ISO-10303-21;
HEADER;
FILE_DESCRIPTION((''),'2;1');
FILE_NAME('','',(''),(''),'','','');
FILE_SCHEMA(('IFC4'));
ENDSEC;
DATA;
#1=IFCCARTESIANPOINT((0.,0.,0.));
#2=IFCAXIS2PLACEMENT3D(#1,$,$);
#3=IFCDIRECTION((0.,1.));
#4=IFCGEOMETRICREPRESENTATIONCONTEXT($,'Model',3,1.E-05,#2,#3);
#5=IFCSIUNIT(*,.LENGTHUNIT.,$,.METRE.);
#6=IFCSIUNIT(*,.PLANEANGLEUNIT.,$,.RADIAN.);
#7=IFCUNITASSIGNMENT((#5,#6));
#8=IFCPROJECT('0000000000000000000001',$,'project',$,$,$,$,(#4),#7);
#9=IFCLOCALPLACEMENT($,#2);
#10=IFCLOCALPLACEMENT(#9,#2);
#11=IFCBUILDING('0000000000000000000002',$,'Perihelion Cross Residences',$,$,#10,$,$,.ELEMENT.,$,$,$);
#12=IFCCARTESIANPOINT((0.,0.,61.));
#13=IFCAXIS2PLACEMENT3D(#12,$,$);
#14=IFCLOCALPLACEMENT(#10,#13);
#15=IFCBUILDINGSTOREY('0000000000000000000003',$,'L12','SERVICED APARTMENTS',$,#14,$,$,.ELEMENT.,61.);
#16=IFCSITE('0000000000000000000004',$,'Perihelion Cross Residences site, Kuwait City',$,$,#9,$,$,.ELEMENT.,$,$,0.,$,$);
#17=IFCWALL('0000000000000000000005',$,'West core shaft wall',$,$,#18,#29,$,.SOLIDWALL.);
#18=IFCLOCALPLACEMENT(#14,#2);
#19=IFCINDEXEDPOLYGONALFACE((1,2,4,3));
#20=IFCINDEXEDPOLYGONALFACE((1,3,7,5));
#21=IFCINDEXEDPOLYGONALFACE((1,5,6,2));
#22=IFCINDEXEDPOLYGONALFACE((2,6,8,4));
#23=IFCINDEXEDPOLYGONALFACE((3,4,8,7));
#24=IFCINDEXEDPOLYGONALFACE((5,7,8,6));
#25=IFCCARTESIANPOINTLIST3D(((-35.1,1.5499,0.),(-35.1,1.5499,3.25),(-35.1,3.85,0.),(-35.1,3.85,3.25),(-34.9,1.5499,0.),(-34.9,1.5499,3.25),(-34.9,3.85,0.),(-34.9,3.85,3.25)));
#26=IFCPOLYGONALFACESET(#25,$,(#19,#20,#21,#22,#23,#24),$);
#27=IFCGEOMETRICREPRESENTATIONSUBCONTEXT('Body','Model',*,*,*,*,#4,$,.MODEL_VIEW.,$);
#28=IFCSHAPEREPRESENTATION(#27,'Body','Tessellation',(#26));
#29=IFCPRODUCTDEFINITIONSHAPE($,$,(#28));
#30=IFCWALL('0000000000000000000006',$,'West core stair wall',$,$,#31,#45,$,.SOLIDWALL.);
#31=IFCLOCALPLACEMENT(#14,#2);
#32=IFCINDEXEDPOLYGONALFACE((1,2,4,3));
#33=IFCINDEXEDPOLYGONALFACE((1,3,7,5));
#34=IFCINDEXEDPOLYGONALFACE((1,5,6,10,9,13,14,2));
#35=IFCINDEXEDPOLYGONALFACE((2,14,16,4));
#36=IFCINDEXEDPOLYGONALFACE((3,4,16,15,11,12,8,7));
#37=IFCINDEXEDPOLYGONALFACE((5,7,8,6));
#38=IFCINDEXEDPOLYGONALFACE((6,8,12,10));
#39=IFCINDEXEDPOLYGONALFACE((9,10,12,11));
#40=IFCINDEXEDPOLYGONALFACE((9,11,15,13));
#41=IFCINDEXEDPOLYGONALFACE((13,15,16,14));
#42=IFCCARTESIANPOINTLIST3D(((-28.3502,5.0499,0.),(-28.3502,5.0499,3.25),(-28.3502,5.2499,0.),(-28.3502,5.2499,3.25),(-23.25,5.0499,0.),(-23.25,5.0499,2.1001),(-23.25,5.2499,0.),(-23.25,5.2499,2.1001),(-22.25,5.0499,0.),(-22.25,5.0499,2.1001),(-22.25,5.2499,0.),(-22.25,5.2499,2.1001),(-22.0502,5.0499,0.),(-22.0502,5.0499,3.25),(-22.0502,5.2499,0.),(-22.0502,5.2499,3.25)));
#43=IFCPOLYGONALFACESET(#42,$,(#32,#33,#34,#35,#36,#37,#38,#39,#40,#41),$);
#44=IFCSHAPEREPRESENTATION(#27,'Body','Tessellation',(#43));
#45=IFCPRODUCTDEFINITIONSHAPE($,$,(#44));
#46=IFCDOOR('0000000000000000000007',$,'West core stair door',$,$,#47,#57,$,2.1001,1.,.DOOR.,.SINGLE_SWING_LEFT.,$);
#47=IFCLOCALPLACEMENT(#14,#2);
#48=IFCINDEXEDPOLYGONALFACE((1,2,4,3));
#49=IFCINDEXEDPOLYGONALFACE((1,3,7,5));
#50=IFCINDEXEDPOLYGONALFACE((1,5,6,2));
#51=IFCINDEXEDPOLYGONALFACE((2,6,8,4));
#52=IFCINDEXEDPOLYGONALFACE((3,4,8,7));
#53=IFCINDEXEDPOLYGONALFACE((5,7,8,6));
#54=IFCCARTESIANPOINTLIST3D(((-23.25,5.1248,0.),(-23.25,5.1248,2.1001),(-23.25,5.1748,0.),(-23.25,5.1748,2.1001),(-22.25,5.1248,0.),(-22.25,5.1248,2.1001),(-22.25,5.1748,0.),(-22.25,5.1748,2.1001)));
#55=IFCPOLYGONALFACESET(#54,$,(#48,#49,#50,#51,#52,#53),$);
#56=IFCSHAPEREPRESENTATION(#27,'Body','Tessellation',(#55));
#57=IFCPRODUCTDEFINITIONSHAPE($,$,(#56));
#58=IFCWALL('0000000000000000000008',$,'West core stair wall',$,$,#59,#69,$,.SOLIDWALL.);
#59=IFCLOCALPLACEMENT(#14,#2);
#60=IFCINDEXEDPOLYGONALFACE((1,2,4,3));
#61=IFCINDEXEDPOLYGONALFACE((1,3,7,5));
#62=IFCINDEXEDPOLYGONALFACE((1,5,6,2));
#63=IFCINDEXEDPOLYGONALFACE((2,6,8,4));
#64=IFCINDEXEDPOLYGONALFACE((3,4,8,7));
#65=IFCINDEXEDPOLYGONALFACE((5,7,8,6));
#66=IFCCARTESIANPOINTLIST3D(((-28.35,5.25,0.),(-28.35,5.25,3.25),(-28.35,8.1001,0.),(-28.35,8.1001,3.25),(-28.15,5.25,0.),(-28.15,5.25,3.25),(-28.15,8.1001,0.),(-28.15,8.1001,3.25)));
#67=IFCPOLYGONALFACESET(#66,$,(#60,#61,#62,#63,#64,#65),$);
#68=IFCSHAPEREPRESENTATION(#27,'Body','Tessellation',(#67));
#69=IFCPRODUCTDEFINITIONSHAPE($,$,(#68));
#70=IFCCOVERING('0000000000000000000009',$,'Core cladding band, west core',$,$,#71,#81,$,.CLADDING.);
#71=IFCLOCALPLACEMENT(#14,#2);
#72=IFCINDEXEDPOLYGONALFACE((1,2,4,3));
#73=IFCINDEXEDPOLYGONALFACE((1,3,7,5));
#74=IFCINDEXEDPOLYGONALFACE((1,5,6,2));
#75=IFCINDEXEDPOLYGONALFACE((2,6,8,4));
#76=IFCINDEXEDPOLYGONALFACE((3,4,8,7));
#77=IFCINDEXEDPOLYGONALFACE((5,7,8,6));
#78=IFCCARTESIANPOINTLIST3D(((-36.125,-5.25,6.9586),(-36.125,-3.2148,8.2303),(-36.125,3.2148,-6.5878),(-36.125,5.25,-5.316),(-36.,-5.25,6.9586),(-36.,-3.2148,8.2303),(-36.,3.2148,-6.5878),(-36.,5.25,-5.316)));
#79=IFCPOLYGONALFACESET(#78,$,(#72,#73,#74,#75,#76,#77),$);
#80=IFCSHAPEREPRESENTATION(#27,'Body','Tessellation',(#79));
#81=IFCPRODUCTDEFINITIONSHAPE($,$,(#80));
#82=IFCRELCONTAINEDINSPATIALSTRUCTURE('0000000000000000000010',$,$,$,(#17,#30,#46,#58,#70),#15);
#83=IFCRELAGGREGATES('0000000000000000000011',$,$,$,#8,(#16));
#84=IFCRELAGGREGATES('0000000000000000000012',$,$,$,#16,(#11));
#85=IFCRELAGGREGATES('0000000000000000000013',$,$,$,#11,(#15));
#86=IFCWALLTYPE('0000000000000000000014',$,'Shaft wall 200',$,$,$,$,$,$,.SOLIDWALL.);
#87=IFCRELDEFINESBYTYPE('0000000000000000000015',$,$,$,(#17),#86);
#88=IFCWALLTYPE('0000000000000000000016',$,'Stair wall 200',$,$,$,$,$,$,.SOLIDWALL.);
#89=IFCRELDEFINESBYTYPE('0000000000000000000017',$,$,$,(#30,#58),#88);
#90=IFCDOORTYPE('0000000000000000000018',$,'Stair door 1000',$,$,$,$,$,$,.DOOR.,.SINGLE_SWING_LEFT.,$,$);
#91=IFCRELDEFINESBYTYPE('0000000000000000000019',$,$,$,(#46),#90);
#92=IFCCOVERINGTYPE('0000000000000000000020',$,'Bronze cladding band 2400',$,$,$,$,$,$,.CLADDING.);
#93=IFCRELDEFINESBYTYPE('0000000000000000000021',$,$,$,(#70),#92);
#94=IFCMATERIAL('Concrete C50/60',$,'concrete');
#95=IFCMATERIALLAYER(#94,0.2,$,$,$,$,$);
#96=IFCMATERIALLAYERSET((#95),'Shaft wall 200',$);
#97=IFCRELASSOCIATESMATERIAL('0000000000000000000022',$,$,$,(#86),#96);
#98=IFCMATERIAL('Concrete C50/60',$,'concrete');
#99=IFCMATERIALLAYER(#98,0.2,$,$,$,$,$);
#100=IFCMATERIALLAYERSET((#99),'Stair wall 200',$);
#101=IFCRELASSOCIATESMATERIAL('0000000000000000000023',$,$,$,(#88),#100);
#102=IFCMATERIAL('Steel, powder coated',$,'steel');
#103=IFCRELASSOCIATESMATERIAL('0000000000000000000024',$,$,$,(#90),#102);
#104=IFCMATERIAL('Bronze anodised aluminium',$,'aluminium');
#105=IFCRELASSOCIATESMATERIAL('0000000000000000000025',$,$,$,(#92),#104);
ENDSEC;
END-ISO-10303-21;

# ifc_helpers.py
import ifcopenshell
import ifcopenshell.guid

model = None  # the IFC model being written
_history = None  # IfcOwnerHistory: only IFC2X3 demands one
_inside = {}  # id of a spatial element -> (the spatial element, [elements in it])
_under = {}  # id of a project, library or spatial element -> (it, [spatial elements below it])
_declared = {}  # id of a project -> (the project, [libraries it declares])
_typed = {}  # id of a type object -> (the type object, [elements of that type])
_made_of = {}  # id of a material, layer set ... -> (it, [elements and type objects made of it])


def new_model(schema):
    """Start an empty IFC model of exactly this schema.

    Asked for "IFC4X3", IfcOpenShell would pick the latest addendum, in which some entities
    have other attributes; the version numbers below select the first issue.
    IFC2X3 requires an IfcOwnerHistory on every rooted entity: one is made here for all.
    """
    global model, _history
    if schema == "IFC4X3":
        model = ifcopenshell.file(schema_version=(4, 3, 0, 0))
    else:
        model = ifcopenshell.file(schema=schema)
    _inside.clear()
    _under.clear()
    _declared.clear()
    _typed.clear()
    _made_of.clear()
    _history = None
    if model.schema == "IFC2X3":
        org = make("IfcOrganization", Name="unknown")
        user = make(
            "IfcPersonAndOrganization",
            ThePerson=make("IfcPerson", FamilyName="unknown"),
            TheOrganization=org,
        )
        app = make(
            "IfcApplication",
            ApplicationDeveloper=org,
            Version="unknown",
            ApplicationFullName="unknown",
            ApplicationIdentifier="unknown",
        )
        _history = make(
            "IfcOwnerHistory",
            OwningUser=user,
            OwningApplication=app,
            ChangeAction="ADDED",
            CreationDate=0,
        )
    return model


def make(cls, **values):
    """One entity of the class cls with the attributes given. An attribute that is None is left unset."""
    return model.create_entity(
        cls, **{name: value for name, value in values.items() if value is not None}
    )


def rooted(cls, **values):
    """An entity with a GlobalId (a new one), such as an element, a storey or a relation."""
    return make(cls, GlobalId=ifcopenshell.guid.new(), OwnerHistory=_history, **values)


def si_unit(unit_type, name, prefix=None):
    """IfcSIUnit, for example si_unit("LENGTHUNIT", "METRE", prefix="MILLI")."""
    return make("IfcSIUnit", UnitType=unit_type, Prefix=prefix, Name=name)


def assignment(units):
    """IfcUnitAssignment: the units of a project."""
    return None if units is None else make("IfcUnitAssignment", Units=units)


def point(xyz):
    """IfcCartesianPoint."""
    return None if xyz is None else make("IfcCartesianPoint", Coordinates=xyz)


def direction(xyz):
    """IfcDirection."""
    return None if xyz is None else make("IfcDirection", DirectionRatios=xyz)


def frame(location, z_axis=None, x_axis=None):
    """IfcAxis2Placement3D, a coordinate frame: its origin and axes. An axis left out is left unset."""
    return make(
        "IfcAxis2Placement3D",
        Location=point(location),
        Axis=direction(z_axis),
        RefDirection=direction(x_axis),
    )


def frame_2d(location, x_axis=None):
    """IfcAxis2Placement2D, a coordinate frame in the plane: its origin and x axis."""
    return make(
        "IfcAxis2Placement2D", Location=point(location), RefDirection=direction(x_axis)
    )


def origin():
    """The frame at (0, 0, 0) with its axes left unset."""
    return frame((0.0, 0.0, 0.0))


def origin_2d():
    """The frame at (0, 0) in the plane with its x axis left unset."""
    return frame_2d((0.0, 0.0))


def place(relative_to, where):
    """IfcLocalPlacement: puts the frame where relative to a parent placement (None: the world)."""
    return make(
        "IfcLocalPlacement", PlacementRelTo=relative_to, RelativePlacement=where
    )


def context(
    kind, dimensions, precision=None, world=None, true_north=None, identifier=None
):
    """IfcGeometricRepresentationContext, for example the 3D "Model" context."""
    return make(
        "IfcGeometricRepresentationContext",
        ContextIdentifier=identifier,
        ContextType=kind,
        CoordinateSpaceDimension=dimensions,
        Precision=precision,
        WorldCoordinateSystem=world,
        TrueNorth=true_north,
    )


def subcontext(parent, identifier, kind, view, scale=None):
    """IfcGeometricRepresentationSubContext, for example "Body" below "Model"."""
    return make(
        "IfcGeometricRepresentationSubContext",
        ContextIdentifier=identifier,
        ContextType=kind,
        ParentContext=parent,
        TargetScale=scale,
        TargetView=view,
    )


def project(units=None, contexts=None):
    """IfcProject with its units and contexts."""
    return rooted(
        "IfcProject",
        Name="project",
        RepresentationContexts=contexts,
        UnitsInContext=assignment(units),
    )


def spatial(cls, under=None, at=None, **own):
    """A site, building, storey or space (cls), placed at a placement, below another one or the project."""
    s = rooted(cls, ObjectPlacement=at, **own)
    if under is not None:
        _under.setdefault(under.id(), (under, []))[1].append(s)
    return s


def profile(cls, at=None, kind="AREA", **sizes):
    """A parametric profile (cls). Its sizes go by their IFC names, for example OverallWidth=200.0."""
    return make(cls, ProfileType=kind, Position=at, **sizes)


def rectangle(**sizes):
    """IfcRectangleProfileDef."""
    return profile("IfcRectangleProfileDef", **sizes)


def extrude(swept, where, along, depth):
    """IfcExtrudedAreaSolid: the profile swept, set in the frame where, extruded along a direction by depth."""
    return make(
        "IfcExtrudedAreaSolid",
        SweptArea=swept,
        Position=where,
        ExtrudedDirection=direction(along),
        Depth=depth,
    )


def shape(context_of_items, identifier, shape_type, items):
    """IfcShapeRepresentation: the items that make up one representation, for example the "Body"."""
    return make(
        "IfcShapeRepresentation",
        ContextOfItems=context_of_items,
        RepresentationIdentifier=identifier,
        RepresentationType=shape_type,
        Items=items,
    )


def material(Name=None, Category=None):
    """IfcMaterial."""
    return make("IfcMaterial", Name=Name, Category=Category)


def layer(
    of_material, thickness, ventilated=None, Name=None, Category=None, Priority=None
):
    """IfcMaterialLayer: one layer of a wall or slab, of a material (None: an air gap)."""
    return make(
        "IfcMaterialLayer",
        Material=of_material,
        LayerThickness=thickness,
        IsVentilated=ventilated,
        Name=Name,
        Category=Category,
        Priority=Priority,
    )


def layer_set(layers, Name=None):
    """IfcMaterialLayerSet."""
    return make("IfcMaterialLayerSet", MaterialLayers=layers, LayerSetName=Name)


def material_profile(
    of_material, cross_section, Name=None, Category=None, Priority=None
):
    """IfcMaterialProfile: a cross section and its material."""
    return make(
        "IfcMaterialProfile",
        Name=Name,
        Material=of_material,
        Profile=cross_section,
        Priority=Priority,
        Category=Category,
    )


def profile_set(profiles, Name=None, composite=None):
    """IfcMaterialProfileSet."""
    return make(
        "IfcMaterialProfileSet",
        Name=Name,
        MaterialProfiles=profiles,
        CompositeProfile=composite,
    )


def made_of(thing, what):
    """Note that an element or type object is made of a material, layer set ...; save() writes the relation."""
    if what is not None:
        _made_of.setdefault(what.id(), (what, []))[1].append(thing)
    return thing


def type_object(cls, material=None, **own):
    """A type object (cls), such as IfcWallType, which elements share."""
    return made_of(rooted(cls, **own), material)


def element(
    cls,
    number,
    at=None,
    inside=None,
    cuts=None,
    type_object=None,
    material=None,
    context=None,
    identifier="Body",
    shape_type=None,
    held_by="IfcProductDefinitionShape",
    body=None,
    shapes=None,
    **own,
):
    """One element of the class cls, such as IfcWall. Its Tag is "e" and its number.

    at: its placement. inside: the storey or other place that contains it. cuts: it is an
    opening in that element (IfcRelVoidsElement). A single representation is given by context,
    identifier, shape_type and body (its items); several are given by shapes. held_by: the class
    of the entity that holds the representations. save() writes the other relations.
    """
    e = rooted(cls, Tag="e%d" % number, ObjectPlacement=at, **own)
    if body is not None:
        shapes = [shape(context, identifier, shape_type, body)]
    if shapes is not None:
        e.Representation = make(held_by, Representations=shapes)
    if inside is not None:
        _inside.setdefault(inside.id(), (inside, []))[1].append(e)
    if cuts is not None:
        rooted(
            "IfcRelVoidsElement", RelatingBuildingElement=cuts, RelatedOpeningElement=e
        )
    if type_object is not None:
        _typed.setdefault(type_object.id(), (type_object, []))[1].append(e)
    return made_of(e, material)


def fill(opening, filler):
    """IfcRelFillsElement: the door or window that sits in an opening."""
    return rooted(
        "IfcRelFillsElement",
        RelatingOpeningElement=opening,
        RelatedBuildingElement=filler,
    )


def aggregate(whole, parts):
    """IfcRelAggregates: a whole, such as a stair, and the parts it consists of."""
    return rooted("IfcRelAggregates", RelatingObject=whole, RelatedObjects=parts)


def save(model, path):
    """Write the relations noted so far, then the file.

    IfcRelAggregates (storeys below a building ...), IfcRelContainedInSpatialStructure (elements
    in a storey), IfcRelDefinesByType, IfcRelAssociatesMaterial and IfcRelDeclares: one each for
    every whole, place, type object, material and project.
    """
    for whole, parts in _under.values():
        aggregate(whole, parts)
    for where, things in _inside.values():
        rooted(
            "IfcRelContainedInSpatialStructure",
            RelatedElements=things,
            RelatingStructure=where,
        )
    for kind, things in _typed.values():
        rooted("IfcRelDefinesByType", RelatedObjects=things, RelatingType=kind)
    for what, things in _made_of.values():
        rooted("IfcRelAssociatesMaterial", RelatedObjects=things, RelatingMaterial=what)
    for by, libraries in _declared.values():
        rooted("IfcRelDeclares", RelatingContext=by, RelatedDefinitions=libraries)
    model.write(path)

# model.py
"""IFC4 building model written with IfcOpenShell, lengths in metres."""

from ifc_helpers import new_model, si_unit, direction, frame, frame_2d, origin, origin_2d, place, context, subcontext, project, spatial, rectangle, extrude, material, layer, layer_set, material_profile, profile_set, type_object, element, fill, save


model = new_model("IFC4")

# Units and contexts
model_context = context("Model", 3, precision=1e-05, world=origin(), true_north=direction((0.0, 1.0)))
body_context = subcontext(model_context, "Body", "Model", "MODEL_VIEW")
ifc_project = project(units=[si_unit("LENGTHUNIT", "METRE"), si_unit("PLANEANGLEUNIT", "RADIAN")], contexts=[model_context])

# Site, building, storey
site_placement = place(None, origin())
site = spatial("IfcSite", under=ifc_project, at=site_placement, Name="Perihelion Cross Residences site, Kuwait City", CompositionType="ELEMENT", RefElevation=0.0)
building_placement = place(site_placement, origin())
building = spatial("IfcBuilding", under=site, at=building_placement, Name="Perihelion Cross Residences", CompositionType="ELEMENT")
storey_placement = place(building_placement, frame((0.0, 0.0, 61.0)))
storey = spatial("IfcBuildingStorey", under=building, at=storey_placement, Name="L12", Description="SERVICED APARTMENTS", CompositionType="ELEMENT", Elevation=61.0)

# Shared definitions
ifc_material_1 = material(Name="Concrete C50/60", Category="concrete")
ifc_layer_1 = layer(ifc_material_1, 0.2)
ifc_layer_set_1 = layer_set([ifc_layer_1], Name="Shaft wall 200")
wall_type_1 = type_object("IfcWallType", Name="Shaft wall 200", PredefinedType="SOLIDWALL", material=ifc_layer_set_1)

# Wall
for number, where, z_axis, x_axis, name in (
    (1, (-35.0, 1.55, 0.0), (0.0, 0.0, 1.0), (0.0, 1.0, 0.0), "West core shaft wall"),
):
    element("IfcWall", number, at=place(storey_placement, frame(where, z_axis=z_axis, x_axis=x_axis)), inside=storey, type_object=wall_type_1, Name=name, PredefinedType="SOLIDWALL", context=body_context, shape_type="SweptSolid", body=[
        extrude(rectangle(XDim=2.3, YDim=0.2, at=frame_2d((1.1499, 0.0))), origin(), (0.0, 0.0, 1.0), 3.25),
    ])

# Wall, opening, door
ifc_material_2 = material(Name="Concrete C50/60", Category="concrete")
ifc_layer_2 = layer(ifc_material_2, 0.2)
ifc_layer_set_2 = layer_set([ifc_layer_2], Name="Stair wall 200")
wall_type_2 = type_object("IfcWallType", Name="Stair wall 200", PredefinedType="SOLIDWALL", material=ifc_layer_set_2)
wall_1_placement = place(storey_placement, frame((-28.3501, 5.1499, 0.0), z_axis=(0.0, 0.0, 1.0), x_axis=(1.0, 0.0, 0.0)))
wall_1 = element("IfcWall", 2, at=wall_1_placement, inside=storey, type_object=wall_type_2, Name="West core stair wall", PredefinedType="SOLIDWALL", context=body_context, shape_type="SweptSolid", body=[
    extrude(rectangle(XDim=6.3, YDim=0.2, at=frame_2d((3.1499, 0.0))), origin(), (0.0, 0.0, 1.0), 3.25),
])
opening_1_placement = place(wall_1_placement, frame((5.1001, 0.0, 0.0)))
opening_1 = element("IfcOpeningElement", 3, at=opening_1_placement, cuts=wall_1, PredefinedType="OPENING", context=body_context, shape_type="SweptSolid", body=[
    extrude(rectangle(XDim=1.0, YDim=2.1001, at=frame_2d((0.5, 1.05))), frame((0.0, 0.1099, 0.0), z_axis=(0.0, -1.0, 0.0), x_axis=(1.0, 0.0, 0.0)), (0.0, 0.0, 1.0), 0.22),
])
ifc_material_3 = material(Name="Steel, powder coated", Category="steel")
door_type_1 = type_object("IfcDoorType", Name="Stair door 1000", OperationType="SINGLE_SWING_LEFT", PredefinedType="DOOR", material=ifc_material_3)
door_1_placement = place(opening_1_placement, origin())
door_1 = element("IfcDoor", 4, at=door_1_placement, inside=storey, type_object=door_type_1, Name="West core stair door", OperationType="SINGLE_SWING_LEFT", OverallHeight=2.1001, OverallWidth=1.0, PredefinedType="DOOR", context=body_context, shape_type="SweptSolid", body=[
    extrude(rectangle(XDim=1.0, YDim=2.1001, at=frame_2d((0.5, 1.05))), frame((0.0, 0.0249, 0.0), z_axis=(0.0, -1.0, 0.0), x_axis=(1.0, 0.0, 0.0)), (0.0, 0.0, 1.0), 0.05),
])
fill(opening_1, door_1)

# Wall
wall_2_placement = place(storey_placement, frame((-28.25, 5.25, 0.0), z_axis=(0.0, 0.0, 1.0), x_axis=(0.0, 1.0, 0.0)))
element("IfcWall", 5, at=wall_2_placement, inside=storey, type_object=wall_type_2, Name="West core stair wall", PredefinedType="SOLIDWALL", context=body_context, shape_type="SweptSolid", body=[
    extrude(rectangle(XDim=2.8501, YDim=0.2, at=frame_2d((1.425, 0.0))), origin(), (0.0, 0.0, 1.0), 3.25),
])

# Covering
ifc_material_4 = material(Name="Bronze anodised aluminium", Category="aluminium")
ifc_material_profile = material_profile(ifc_material_4, rectangle(XDim=0.125, YDim=2.3999, at=origin_2d()), Name="Bronze cladding band 2400")
ifc_profile_set = profile_set([ifc_material_profile], Name="Bronze anodised aluminium")
covering_type = type_object("IfcCoveringType", Name="Bronze cladding band 2400", PredefinedType="CLADDING", material=ifc_profile_set)
covering_placement = place(storey_placement, frame((-36.0625, 4.2324, -5.9519), z_axis=(0.0, -0.529925, 0.848045), x_axis=(1.0, 0.0, 0.0)))
element("IfcCovering", 6, at=covering_placement, inside=storey, type_object=covering_type, Name="Core cladding band, west core", PredefinedType="CLADDING", context=body_context, shape_type="SweptSolid", body=[
    extrude(rectangle(XDim=0.125, YDim=2.3999, at=origin_2d()), origin(), (0.0, 0.0, 1.0), 15.9736),
])

save(model, "model.ifc")
